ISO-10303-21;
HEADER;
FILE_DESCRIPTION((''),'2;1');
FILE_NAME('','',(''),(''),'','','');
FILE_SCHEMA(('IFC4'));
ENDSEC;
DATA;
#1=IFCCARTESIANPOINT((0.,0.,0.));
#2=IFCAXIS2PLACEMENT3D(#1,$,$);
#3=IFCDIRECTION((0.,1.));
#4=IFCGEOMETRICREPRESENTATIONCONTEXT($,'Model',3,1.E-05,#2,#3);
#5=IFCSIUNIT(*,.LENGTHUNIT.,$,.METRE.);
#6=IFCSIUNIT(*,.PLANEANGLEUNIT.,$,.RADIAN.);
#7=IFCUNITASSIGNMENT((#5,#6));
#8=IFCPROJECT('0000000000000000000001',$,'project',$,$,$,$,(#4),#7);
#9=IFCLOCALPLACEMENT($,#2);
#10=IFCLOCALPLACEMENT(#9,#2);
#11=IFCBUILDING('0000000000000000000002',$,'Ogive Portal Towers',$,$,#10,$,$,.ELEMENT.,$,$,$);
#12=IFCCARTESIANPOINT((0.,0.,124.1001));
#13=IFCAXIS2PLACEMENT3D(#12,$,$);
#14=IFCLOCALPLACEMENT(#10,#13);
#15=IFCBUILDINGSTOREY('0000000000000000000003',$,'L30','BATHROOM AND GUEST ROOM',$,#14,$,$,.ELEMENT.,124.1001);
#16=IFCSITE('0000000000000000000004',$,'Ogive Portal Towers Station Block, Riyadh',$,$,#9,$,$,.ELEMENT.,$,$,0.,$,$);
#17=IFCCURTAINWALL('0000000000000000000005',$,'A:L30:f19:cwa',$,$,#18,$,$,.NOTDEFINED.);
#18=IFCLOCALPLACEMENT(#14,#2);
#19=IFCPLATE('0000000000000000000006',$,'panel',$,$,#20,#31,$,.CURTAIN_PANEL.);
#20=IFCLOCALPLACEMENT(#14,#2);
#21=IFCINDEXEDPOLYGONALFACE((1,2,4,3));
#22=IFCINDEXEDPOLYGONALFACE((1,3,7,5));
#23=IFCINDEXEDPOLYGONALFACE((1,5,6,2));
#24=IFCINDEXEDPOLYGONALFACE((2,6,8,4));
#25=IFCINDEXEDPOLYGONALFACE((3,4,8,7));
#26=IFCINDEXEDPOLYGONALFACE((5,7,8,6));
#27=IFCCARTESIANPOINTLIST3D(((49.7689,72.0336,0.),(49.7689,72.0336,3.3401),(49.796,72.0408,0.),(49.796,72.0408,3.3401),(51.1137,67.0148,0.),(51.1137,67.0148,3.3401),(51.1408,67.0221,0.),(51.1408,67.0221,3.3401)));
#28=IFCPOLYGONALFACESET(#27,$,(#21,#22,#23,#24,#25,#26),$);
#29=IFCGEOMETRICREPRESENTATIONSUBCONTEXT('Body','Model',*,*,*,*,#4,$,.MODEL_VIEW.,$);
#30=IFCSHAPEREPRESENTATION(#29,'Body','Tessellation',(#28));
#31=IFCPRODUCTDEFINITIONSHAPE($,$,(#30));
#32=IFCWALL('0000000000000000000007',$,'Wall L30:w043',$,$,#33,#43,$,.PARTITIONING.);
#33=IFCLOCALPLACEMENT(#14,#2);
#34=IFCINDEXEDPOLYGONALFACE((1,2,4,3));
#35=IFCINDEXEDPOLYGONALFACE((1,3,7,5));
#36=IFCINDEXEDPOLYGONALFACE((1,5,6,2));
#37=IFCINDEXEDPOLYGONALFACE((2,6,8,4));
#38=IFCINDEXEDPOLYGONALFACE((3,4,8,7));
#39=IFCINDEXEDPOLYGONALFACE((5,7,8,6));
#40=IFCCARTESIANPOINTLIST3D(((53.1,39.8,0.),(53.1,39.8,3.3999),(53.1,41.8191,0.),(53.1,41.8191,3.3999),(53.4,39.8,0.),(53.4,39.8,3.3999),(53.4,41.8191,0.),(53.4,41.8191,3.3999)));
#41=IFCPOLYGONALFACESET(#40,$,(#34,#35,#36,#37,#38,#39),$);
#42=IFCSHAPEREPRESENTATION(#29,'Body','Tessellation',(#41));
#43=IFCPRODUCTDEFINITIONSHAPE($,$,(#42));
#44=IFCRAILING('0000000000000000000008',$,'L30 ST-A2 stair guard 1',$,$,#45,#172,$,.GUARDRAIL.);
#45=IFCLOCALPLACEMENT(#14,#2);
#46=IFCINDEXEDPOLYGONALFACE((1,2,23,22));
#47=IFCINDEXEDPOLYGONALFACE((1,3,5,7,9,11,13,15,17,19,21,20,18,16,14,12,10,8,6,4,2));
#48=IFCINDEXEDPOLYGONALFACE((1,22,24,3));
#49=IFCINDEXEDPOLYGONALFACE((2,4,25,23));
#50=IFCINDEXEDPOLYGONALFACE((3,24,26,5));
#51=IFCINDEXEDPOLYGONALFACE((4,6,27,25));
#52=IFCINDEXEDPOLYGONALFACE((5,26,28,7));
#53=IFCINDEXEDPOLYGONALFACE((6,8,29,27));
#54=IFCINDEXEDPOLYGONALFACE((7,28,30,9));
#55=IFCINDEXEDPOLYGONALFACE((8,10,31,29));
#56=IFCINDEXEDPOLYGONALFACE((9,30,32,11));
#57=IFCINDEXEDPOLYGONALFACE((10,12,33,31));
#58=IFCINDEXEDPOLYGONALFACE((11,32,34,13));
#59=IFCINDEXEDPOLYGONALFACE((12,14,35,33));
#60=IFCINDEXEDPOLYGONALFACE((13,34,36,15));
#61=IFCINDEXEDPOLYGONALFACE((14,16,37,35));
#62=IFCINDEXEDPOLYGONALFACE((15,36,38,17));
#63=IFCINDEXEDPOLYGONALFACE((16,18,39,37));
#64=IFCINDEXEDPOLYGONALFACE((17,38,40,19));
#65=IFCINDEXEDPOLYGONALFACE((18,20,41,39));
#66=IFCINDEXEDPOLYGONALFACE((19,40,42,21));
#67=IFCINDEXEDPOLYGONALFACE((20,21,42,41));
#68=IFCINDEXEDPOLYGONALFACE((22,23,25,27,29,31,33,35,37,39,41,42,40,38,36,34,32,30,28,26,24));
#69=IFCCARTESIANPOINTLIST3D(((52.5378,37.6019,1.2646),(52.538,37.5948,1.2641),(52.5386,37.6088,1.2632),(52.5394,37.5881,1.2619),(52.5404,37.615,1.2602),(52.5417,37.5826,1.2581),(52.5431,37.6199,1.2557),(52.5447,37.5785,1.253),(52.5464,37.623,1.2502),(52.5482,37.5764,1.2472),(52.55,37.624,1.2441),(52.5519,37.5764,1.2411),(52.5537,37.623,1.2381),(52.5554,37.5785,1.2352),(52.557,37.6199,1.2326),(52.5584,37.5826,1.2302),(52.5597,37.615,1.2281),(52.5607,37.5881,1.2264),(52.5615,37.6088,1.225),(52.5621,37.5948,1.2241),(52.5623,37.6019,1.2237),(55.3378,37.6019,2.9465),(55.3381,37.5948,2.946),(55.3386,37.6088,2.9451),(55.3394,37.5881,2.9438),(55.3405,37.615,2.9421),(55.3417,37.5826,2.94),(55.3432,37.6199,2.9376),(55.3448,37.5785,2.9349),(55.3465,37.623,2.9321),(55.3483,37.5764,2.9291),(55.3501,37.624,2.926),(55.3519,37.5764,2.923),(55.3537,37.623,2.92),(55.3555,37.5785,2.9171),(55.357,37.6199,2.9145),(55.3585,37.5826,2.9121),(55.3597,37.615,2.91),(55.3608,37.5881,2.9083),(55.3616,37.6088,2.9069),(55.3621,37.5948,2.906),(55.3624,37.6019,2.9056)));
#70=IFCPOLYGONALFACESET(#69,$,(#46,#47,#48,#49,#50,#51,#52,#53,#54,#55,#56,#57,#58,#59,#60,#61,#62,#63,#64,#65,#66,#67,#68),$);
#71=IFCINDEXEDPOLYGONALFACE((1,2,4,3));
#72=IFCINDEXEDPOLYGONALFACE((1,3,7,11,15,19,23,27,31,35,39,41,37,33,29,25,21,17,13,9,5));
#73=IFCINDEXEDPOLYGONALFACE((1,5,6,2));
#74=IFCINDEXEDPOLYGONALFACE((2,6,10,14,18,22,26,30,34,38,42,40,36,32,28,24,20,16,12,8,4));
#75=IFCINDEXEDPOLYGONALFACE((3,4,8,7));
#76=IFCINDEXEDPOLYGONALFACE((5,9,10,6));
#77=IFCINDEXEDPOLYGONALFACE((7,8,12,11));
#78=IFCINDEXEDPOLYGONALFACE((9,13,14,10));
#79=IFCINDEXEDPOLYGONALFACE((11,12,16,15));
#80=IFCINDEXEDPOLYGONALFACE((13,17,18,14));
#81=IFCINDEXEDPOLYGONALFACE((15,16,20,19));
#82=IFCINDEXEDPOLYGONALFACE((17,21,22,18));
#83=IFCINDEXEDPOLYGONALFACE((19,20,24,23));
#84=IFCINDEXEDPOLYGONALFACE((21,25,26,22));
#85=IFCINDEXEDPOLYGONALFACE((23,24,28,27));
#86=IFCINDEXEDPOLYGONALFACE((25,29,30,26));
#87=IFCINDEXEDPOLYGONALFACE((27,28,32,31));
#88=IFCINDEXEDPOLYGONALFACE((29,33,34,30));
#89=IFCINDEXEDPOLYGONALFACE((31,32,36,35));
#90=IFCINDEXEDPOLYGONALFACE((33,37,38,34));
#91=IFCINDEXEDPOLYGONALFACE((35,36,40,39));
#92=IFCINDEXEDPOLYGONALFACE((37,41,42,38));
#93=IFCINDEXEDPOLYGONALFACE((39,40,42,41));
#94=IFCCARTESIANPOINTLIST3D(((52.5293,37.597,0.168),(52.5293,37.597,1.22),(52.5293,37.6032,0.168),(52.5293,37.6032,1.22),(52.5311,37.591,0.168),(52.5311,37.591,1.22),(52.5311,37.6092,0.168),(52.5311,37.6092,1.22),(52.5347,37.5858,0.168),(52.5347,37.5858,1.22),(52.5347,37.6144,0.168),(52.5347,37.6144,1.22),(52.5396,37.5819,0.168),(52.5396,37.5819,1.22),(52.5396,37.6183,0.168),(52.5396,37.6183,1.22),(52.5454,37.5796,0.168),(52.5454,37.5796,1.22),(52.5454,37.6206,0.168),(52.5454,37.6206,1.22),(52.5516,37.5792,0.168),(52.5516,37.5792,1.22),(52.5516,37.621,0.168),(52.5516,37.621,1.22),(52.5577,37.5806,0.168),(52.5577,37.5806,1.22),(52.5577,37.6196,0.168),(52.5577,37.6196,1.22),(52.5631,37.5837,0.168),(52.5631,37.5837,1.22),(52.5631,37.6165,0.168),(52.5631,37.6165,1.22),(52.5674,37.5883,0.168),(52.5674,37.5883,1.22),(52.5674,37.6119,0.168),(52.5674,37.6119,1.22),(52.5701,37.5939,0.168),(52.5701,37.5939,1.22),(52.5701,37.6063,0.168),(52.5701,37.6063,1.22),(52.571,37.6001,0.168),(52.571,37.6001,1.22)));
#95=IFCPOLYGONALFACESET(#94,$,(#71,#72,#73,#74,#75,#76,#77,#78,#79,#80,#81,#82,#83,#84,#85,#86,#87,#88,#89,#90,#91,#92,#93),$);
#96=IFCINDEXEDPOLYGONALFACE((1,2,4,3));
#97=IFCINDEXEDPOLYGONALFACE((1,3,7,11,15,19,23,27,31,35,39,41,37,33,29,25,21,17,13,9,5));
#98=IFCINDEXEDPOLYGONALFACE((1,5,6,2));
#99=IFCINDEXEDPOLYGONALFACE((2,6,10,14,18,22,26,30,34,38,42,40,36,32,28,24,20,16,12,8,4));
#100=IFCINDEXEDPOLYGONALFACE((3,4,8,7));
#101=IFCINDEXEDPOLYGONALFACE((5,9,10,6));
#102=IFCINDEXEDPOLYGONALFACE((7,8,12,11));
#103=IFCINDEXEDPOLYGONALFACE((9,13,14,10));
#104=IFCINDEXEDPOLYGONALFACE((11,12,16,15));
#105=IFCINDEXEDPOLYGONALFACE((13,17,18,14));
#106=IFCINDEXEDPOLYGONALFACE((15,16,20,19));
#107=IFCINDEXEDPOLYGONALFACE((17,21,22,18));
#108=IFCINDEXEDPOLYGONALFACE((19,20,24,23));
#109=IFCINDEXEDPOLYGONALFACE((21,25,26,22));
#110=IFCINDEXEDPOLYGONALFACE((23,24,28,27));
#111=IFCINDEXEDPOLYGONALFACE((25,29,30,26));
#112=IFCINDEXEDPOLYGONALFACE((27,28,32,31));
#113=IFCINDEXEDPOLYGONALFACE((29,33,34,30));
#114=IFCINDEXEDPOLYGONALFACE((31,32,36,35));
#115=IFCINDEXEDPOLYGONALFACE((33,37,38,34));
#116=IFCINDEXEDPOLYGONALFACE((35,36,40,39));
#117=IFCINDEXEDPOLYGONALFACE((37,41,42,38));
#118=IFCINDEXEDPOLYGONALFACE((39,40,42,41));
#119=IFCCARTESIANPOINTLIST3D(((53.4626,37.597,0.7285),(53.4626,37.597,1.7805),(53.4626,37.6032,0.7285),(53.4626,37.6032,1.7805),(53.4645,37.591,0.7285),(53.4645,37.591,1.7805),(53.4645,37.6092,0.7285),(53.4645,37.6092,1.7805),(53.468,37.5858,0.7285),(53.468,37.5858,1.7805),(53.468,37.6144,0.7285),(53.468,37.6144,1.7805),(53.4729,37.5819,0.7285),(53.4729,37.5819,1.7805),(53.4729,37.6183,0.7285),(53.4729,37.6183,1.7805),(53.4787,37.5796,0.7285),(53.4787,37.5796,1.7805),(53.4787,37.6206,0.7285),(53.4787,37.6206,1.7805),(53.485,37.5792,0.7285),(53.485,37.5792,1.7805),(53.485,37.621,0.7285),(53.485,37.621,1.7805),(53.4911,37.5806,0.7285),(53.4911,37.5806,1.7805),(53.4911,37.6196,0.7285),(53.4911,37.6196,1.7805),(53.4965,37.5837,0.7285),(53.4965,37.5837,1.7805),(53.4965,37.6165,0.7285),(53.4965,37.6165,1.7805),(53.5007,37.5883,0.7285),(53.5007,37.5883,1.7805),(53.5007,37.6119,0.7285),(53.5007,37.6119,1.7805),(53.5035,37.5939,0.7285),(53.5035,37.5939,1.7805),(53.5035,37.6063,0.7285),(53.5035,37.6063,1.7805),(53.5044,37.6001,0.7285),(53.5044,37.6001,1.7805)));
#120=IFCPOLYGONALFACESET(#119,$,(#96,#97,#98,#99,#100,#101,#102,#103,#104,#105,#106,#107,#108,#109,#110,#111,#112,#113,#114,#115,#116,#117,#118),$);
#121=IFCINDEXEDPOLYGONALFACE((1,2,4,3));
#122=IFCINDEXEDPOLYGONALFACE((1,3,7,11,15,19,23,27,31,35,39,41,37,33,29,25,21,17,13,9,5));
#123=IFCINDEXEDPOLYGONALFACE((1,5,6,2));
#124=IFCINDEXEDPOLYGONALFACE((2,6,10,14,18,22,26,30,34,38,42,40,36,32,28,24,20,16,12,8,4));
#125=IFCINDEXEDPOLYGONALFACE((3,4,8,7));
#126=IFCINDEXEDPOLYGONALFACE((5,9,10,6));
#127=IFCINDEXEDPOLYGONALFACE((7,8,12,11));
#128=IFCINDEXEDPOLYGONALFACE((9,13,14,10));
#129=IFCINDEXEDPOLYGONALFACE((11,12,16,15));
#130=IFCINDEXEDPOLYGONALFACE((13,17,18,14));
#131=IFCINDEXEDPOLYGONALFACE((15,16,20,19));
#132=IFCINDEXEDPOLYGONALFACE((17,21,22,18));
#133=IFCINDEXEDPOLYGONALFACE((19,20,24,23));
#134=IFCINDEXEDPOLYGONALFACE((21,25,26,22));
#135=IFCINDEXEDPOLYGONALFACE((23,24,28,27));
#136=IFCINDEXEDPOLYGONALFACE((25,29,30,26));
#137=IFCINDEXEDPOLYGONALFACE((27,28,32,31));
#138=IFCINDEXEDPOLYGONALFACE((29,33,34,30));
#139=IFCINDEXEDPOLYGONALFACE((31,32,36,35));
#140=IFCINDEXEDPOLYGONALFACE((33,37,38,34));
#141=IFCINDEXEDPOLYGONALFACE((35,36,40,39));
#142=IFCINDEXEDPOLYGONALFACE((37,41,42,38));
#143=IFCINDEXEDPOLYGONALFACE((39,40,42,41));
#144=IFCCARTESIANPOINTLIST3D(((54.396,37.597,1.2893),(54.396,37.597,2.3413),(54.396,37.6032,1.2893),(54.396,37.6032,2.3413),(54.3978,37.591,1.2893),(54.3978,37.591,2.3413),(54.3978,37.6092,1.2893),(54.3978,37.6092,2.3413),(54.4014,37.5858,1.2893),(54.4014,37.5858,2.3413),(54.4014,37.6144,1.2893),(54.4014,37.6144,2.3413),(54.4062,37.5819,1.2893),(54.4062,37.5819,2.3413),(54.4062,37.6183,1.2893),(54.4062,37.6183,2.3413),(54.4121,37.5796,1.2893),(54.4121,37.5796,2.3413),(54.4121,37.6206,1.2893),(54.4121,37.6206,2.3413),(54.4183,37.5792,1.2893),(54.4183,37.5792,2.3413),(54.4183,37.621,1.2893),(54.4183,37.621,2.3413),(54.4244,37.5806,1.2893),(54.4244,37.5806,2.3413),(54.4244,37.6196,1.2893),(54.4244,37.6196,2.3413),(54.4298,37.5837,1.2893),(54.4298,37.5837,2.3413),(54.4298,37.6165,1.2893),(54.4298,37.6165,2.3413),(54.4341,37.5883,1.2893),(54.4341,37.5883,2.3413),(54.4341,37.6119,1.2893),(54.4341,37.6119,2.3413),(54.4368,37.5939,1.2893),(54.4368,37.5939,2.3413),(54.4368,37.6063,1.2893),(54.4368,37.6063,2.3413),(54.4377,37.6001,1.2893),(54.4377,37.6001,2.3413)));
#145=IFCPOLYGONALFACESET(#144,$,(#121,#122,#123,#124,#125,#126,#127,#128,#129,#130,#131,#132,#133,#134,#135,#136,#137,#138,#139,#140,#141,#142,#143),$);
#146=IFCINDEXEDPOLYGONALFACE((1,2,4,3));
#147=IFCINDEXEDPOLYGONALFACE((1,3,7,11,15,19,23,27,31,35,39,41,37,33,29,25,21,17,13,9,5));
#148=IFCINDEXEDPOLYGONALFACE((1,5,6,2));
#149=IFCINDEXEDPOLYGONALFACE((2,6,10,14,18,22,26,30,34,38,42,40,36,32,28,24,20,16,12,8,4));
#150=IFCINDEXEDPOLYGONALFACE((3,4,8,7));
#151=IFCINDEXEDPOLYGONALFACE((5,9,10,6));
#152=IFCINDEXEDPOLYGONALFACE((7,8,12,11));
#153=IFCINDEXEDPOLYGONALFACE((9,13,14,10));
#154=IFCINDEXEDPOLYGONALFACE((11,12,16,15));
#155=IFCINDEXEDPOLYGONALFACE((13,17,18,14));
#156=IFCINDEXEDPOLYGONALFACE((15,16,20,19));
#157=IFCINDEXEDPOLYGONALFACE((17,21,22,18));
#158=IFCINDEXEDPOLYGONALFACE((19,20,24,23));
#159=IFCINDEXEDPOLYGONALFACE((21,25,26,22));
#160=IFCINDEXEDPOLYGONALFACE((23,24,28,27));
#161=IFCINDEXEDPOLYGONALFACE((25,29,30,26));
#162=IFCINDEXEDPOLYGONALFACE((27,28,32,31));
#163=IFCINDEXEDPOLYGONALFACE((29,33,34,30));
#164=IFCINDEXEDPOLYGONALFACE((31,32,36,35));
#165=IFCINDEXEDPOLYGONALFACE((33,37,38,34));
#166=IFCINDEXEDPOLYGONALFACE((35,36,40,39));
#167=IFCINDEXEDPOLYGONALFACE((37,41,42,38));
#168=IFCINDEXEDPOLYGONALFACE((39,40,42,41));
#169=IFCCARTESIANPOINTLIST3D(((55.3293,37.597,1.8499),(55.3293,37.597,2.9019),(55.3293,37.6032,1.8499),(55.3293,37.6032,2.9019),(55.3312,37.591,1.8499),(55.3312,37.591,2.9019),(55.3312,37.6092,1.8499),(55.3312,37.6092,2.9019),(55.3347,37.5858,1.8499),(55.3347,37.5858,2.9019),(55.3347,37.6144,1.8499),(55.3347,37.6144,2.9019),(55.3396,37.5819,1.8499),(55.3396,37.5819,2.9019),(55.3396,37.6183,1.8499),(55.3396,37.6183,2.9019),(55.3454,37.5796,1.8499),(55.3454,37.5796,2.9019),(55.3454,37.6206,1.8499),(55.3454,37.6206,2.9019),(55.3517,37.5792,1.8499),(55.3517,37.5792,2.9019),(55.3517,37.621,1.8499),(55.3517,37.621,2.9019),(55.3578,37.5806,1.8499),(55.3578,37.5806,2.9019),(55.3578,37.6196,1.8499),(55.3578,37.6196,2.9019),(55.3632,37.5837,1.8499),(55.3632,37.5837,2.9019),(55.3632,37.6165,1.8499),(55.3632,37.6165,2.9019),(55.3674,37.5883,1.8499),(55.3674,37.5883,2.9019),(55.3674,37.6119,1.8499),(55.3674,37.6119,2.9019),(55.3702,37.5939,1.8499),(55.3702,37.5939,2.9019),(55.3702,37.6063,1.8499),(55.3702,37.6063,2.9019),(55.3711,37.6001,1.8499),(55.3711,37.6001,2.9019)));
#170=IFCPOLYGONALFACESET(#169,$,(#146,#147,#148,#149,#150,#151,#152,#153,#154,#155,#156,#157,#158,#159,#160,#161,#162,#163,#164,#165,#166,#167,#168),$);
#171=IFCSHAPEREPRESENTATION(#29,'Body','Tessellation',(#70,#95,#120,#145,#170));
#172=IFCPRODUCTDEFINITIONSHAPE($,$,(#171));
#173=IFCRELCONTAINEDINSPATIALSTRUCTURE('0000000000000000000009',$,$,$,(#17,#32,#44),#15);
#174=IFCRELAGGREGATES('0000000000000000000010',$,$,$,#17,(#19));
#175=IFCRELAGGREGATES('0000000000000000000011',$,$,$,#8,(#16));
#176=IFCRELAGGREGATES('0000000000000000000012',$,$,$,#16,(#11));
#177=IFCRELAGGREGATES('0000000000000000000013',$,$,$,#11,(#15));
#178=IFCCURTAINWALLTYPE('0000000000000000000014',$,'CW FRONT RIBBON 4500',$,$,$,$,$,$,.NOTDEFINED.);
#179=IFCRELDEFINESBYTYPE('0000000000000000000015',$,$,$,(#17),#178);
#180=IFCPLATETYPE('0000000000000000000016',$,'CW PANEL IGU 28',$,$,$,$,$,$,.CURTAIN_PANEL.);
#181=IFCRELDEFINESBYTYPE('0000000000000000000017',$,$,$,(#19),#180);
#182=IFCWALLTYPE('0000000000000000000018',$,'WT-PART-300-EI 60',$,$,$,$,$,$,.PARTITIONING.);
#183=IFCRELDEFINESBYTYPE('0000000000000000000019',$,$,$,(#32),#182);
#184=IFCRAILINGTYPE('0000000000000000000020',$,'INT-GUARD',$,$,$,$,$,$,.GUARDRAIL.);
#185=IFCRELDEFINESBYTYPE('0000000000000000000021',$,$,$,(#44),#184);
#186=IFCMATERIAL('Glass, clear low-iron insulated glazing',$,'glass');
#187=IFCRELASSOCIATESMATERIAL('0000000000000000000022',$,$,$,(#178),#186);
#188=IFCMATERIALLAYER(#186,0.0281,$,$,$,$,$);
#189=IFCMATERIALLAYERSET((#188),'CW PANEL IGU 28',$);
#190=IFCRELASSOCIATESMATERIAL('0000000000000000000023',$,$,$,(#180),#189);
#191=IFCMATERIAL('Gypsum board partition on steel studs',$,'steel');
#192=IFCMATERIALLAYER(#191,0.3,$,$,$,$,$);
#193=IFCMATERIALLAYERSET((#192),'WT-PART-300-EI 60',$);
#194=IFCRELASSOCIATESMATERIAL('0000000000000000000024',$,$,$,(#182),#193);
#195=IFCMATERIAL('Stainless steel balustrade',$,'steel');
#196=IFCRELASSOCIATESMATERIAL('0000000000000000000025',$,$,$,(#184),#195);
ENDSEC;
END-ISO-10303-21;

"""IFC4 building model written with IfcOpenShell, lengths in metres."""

from ifc_helpers import new_model, si_unit, direction, frame, frame_2d, origin, origin_2d, place, context, subcontext, project, spatial, rectangle, circle, extrude, material, layer, layer_set, type_object, element, aggregate, save


model = new_model("IFC4")

# Units and contexts
model_context = context("Model", 3, precision=1e-05, world=origin(), true_north=direction((0.0, 1.0)))
body_context = subcontext(model_context, "Body", "Model", "MODEL_VIEW")
ifc_project = project(units=[si_unit("LENGTHUNIT", "METRE"), si_unit("PLANEANGLEUNIT", "RADIAN")], contexts=[model_context])

# Site, building, storey
site_placement = place(None, origin())
site = spatial("IfcSite", under=ifc_project, at=site_placement, Name="Ogive Portal Towers Station Block, Riyadh", CompositionType="ELEMENT", RefElevation=0.0)
building_placement = place(site_placement, origin())
building = spatial("IfcBuilding", under=site, at=building_placement, Name="Ogive Portal Towers", CompositionType="ELEMENT")
storey_placement = place(building_placement, frame((0.0, 0.0, 124.1001)))
storey = spatial("IfcBuildingStorey", under=building, at=storey_placement, Name="L30", Description="BATHROOM AND GUEST ROOM", CompositionType="ELEMENT", Elevation=124.1001)

# Shared definitions
ifc_material_1 = material(Name="Glass, clear low-iron insulated glazing", Category="glass")
curtain_wall_type = type_object("IfcCurtainWallType", Name="CW FRONT RIBBON 4500", PredefinedType="NOTDEFINED", material=ifc_material_1)

# Curtain wall
curtain_wall_1_placement = place(storey_placement, origin())
curtain_wall_1 = element("IfcCurtainWall", 1, at=curtain_wall_1_placement, inside=storey, type_object=curtain_wall_type, Name="A:L30:f19:cwa", PredefinedType="NOTDEFINED")

# Plate
ifc_layer_1 = layer(ifc_material_1, 0.0281)
ifc_layer_set_1 = layer_set([ifc_layer_1], Name="CW PANEL IGU 28")
plate_type = type_object("IfcPlateType", Name="CW PANEL IGU 28", PredefinedType="CURTAIN_PANEL", material=ifc_layer_set_1)
plate_1_placement = place(storey_placement, frame((50.4548, 69.5278, 0.0), z_axis=(0.0, 0.0, 1.0), x_axis=(-0.258819, 0.965926, 0.0)))
plate_1 = element("IfcPlate", 2, at=plate_1_placement, type_object=plate_type, Name="panel", PredefinedType="CURTAIN_PANEL", context=body_context, shape_type="SweptSolid", body=[
    extrude(rectangle(XDim=5.1958, YDim=0.0281, at=origin_2d()), origin(), (0.0, 0.0, 1.0), 3.3401),
])
aggregate(curtain_wall_1, [plate_1])

# Wall
ifc_material_2 = material(Name="Gypsum board partition on steel studs", Category="steel")
ifc_layer_2 = layer(ifc_material_2, 0.3)
ifc_layer_set_2 = layer_set([ifc_layer_2], Name="WT-PART-300-EI 60")
wall_type_1 = type_object("IfcWallType", Name="WT-PART-300-EI 60", PredefinedType="PARTITIONING", material=ifc_layer_set_2)
wall_1_placement = place(storey_placement, frame((53.25, 39.8, 0.0), z_axis=(0.0, 0.0, 1.0), x_axis=(0.0, 1.0, 0.0)))
element("IfcWall", 3, at=wall_1_placement, inside=storey, type_object=wall_type_1, Name="Wall L30:w043", PredefinedType="PARTITIONING", context=body_context, shape_type="SweptSolid", body=[
    extrude(rectangle(XDim=2.019, YDim=0.3, at=frame_2d((1.0095, 0.0))), origin(), (0.0, 0.0, 1.0), 3.3999),
])

# Railing
ifc_material_3 = material(Name="Stainless steel balustrade", Category="steel")
railing_type_1 = type_object("IfcRailingType", Name="INT-GUARD", PredefinedType="GUARDRAIL", material=ifc_material_3)
railing_1_placement = place(storey_placement, frame((52.55, 37.6001, 0.168)))
element("IfcRailing", 4, at=railing_1_placement, inside=storey, type_object=railing_type_1, Name="L30 ST-A2 stair guard 1", PredefinedType="GUARDRAIL", context=body_context, shape_type="SweptSolid", body=[
    extrude(circle(Radius=0.0239, at=origin_2d()), frame((0.0, 0.0, 1.0762), z_axis=(0.857242, 0.0, 0.514913), x_axis=(0.0, 1.0, 0.0)), (0.0, 0.0, 1.0), 3.2664),
    extrude(circle(Radius=0.021, at=origin_2d()), origin(), (0.0, 0.0, 1.0), 1.052),
    extrude(circle(Radius=0.021, at=origin_2d()), frame((0.9333, 0.0, 0.5605)), (0.0, 0.0, 1.0), 1.052),
    extrude(circle(Radius=0.021, at=origin_2d()), frame((1.8667, 0.0, 1.1213)), (0.0, 0.0, 1.0), 1.052),
    extrude(circle(Radius=0.021, at=origin_2d()), frame((2.8, 0.0, 1.6819)), (0.0, 0.0, 1.0), 1.052),
])

save(model, "model.ifc")
